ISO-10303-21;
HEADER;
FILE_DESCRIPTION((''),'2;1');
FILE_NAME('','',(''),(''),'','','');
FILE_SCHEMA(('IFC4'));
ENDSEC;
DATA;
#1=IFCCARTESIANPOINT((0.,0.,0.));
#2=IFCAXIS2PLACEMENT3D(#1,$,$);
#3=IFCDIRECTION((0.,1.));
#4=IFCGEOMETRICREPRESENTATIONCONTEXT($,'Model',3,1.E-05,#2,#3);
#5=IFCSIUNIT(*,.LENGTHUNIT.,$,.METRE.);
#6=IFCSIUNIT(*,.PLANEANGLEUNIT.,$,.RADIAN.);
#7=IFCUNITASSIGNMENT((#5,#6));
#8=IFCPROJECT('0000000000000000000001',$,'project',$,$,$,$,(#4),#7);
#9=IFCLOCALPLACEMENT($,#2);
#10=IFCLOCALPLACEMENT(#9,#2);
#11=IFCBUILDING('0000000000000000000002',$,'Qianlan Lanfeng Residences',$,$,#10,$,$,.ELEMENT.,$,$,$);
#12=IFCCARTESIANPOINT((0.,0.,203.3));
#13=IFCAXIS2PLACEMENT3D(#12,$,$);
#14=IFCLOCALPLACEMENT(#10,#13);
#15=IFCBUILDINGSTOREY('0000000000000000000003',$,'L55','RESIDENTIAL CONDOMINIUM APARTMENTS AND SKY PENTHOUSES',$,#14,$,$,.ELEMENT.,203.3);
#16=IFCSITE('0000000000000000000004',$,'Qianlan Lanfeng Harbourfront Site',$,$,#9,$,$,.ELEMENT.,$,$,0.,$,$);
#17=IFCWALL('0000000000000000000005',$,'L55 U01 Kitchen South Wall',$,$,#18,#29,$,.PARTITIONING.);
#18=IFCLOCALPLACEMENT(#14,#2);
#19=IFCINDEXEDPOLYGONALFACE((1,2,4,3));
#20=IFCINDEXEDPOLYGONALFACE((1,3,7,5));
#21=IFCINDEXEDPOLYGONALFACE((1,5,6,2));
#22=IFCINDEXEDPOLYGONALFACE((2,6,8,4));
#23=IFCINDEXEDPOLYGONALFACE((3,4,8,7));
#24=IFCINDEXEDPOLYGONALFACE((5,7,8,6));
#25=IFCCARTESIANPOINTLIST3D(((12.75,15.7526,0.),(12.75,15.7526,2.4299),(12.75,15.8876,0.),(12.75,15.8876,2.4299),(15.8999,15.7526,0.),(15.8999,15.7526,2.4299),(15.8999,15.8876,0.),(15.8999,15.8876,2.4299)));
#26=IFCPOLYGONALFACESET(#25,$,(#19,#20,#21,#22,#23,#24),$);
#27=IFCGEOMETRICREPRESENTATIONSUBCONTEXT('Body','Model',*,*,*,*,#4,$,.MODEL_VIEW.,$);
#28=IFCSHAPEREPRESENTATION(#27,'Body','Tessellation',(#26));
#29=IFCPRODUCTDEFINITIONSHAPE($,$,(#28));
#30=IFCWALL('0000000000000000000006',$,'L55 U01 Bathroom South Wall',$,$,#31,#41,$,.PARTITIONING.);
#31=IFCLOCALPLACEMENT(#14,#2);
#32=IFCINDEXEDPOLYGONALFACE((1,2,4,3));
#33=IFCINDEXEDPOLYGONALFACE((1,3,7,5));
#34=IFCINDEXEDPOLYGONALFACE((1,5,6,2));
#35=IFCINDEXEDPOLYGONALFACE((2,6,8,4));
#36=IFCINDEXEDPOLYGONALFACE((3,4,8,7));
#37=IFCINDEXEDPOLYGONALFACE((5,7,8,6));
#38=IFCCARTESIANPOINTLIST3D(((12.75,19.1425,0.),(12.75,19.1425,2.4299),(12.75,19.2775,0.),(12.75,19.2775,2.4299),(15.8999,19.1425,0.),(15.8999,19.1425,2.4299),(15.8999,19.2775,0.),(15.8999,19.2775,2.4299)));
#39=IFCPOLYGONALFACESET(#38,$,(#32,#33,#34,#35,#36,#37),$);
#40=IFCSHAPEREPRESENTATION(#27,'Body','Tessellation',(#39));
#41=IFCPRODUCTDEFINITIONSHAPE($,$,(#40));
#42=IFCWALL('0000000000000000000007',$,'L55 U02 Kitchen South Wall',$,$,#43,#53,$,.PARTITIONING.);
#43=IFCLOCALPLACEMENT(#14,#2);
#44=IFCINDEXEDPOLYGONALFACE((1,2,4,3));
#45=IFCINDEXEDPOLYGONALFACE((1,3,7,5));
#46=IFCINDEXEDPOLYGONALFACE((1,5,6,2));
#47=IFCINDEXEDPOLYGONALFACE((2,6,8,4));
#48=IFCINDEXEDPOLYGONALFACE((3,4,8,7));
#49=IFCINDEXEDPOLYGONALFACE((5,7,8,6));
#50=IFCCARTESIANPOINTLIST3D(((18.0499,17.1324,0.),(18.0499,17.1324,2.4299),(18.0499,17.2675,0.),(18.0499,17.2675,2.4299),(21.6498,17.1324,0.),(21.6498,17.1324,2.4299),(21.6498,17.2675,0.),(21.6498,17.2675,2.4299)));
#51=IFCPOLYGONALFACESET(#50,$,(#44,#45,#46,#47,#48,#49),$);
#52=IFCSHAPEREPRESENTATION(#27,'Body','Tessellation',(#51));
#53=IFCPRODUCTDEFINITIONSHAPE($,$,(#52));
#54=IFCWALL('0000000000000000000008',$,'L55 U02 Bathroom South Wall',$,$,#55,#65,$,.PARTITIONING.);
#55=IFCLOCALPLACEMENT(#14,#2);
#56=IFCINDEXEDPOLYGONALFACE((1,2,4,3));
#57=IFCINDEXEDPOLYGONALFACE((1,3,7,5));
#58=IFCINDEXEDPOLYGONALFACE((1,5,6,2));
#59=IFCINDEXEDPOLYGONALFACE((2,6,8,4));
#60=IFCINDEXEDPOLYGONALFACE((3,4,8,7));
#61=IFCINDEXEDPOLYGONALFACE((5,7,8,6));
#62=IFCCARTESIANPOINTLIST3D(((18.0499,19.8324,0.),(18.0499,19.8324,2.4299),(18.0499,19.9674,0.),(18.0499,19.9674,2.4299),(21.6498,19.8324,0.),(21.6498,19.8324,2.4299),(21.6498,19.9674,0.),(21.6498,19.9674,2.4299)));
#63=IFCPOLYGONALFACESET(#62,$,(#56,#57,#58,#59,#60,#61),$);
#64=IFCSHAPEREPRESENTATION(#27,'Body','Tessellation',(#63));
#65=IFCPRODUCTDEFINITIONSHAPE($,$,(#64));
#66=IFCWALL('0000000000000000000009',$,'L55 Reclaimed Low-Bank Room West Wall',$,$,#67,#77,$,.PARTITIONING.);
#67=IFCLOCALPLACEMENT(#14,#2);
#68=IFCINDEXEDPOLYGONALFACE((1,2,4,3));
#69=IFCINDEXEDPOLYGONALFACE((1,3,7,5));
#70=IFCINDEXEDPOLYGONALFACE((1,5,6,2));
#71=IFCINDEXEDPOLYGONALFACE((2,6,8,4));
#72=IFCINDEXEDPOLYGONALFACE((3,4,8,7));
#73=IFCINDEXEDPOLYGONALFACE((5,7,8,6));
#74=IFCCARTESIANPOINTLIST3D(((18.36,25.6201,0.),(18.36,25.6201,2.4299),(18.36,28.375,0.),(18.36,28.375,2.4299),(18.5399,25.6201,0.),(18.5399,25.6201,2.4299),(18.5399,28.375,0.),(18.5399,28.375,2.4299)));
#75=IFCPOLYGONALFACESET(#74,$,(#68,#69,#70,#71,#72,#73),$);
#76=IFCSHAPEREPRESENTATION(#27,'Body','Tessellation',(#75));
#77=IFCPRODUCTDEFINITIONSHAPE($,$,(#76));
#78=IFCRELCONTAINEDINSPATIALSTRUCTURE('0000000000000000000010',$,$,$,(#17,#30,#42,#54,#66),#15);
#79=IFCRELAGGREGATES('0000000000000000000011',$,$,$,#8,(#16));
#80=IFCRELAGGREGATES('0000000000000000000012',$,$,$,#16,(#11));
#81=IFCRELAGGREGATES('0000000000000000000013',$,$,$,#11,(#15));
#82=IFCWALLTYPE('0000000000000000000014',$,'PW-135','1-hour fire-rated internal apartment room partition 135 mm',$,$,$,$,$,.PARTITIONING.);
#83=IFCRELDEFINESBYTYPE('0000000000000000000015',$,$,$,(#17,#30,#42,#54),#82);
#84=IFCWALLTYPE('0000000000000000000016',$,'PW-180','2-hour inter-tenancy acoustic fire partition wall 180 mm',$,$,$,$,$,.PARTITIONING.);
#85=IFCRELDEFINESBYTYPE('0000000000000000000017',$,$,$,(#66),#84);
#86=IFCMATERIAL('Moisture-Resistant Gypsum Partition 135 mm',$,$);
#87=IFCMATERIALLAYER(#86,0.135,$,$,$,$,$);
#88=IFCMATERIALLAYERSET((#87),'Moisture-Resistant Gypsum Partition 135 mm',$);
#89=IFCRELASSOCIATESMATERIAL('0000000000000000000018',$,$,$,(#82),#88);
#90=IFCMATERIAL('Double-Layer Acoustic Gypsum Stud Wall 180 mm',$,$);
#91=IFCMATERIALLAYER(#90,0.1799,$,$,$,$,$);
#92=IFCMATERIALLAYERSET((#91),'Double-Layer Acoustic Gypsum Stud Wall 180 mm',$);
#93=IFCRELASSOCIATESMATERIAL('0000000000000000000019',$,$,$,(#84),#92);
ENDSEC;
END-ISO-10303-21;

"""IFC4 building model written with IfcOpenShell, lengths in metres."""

from ifc_helpers import new_model, si_unit, direction, frame, frame_2d, origin, place, context, subcontext, project, spatial, rectangle, extrude, material, layer, layer_set, type_object, element, save


model = new_model("IFC4")

# Units and contexts
model_context = context("Model", 3, precision=1e-05, world=origin(), true_north=direction((0.0, 1.0)))
body_context = subcontext(model_context, "Body", "Model", "MODEL_VIEW")
ifc_project = project(units=[si_unit("LENGTHUNIT", "METRE"), si_unit("PLANEANGLEUNIT", "RADIAN")], contexts=[model_context])

# Site, building, storey
site_placement = place(None, origin())
site = spatial("IfcSite", under=ifc_project, at=site_placement, Name="Qianlan Lanfeng Harbourfront Site", CompositionType="ELEMENT", RefElevation=0.0)
building_placement = place(site_placement, origin())
building = spatial("IfcBuilding", under=site, at=building_placement, Name="Qianlan Lanfeng Residences", CompositionType="ELEMENT")
storey_placement = place(building_placement, frame((0.0, 0.0, 203.3)))
storey = spatial("IfcBuildingStorey", under=building, at=storey_placement, Name="L55", Description="RESIDENTIAL CONDOMINIUM APARTMENTS AND SKY PENTHOUSES", CompositionType="ELEMENT", Elevation=203.3)

# Shared definitions
ifc_material_1 = material(Name="Moisture-Resistant Gypsum Partition 135 mm")
ifc_layer_1 = layer(ifc_material_1, 0.135)
ifc_layer_set_1 = layer_set([ifc_layer_1], Name="Moisture-Resistant Gypsum Partition 135 mm")
wall_type_1 = type_object("IfcWallType", Name="PW-135", Description="1-hour fire-rated internal apartment room partition 135 mm", PredefinedType="PARTITIONING", material=ifc_layer_set_1)

# Walls
for number, where, z_axis, x_axis, name in (
    (1, (12.75, 15.8201, 0.0), (0.0, 0.0, 1.0), (1.0, 0.0, 0.0), "L55 U01 Kitchen South Wall"),
    (2, (12.75, 19.21, 0.0), (0.0, 0.0, 1.0), (1.0, 0.0, 0.0), "L55 U01 Bathroom South Wall"),
):
    element("IfcWall", number, at=place(storey_placement, frame(where, z_axis=z_axis, x_axis=x_axis)), inside=storey, type_object=wall_type_1, Name=name, PredefinedType="PARTITIONING", context=body_context, shape_type="SweptSolid", body=[
        extrude(rectangle(XDim=3.1499, YDim=0.135, at=frame_2d((1.575, 0.0))), origin(), (0.0, 0.0, 1.0), 2.4299),
    ])
for number, where, z_axis, x_axis, name in (
    (3, (18.05, 17.2, 0.0), (0.0, 0.0, 1.0), (1.0, 0.0, 0.0), "L55 U02 Kitchen South Wall"),
    (4, (18.05, 19.8999, 0.0), (0.0, 0.0, 1.0), (1.0, 0.0, 0.0), "L55 U02 Bathroom South Wall"),
):
    element("IfcWall", number, at=place(storey_placement, frame(where, z_axis=z_axis, x_axis=x_axis)), inside=storey, type_object=wall_type_1, Name=name, PredefinedType="PARTITIONING", context=body_context, shape_type="SweptSolid", body=[
        extrude(rectangle(XDim=3.5999, YDim=0.135, at=frame_2d((1.7998, 0.0))), origin(), (0.0, 0.0, 1.0), 2.4299),
    ])

# Shared definitions
ifc_material_2 = material(Name="Double-Layer Acoustic Gypsum Stud Wall 180 mm")
ifc_layer_2 = layer(ifc_material_2, 0.1799)
ifc_layer_set_2 = layer_set([ifc_layer_2], Name="Double-Layer Acoustic Gypsum Stud Wall 180 mm")
wall_type_2 = type_object("IfcWallType", Name="PW-180", Description="2-hour inter-tenancy acoustic fire partition wall 180 mm", PredefinedType="PARTITIONING", material=ifc_layer_set_2)

# Wall
wall_1_placement = place(storey_placement, frame((18.45, 25.6201, 0.0), z_axis=(0.0, 0.0, 1.0), x_axis=(0.0, 1.0, 0.0)))
element("IfcWall", 5, at=wall_1_placement, inside=storey, type_object=wall_type_2, Name="L55 Reclaimed Low-Bank Room West Wall", PredefinedType="PARTITIONING", context=body_context, shape_type="SweptSolid", body=[
    extrude(rectangle(XDim=2.7549, YDim=0.1799, at=frame_2d((1.3774, 0.0))), origin(), (0.0, 0.0, 1.0), 2.4299),
])

save(model, "model.ifc")
